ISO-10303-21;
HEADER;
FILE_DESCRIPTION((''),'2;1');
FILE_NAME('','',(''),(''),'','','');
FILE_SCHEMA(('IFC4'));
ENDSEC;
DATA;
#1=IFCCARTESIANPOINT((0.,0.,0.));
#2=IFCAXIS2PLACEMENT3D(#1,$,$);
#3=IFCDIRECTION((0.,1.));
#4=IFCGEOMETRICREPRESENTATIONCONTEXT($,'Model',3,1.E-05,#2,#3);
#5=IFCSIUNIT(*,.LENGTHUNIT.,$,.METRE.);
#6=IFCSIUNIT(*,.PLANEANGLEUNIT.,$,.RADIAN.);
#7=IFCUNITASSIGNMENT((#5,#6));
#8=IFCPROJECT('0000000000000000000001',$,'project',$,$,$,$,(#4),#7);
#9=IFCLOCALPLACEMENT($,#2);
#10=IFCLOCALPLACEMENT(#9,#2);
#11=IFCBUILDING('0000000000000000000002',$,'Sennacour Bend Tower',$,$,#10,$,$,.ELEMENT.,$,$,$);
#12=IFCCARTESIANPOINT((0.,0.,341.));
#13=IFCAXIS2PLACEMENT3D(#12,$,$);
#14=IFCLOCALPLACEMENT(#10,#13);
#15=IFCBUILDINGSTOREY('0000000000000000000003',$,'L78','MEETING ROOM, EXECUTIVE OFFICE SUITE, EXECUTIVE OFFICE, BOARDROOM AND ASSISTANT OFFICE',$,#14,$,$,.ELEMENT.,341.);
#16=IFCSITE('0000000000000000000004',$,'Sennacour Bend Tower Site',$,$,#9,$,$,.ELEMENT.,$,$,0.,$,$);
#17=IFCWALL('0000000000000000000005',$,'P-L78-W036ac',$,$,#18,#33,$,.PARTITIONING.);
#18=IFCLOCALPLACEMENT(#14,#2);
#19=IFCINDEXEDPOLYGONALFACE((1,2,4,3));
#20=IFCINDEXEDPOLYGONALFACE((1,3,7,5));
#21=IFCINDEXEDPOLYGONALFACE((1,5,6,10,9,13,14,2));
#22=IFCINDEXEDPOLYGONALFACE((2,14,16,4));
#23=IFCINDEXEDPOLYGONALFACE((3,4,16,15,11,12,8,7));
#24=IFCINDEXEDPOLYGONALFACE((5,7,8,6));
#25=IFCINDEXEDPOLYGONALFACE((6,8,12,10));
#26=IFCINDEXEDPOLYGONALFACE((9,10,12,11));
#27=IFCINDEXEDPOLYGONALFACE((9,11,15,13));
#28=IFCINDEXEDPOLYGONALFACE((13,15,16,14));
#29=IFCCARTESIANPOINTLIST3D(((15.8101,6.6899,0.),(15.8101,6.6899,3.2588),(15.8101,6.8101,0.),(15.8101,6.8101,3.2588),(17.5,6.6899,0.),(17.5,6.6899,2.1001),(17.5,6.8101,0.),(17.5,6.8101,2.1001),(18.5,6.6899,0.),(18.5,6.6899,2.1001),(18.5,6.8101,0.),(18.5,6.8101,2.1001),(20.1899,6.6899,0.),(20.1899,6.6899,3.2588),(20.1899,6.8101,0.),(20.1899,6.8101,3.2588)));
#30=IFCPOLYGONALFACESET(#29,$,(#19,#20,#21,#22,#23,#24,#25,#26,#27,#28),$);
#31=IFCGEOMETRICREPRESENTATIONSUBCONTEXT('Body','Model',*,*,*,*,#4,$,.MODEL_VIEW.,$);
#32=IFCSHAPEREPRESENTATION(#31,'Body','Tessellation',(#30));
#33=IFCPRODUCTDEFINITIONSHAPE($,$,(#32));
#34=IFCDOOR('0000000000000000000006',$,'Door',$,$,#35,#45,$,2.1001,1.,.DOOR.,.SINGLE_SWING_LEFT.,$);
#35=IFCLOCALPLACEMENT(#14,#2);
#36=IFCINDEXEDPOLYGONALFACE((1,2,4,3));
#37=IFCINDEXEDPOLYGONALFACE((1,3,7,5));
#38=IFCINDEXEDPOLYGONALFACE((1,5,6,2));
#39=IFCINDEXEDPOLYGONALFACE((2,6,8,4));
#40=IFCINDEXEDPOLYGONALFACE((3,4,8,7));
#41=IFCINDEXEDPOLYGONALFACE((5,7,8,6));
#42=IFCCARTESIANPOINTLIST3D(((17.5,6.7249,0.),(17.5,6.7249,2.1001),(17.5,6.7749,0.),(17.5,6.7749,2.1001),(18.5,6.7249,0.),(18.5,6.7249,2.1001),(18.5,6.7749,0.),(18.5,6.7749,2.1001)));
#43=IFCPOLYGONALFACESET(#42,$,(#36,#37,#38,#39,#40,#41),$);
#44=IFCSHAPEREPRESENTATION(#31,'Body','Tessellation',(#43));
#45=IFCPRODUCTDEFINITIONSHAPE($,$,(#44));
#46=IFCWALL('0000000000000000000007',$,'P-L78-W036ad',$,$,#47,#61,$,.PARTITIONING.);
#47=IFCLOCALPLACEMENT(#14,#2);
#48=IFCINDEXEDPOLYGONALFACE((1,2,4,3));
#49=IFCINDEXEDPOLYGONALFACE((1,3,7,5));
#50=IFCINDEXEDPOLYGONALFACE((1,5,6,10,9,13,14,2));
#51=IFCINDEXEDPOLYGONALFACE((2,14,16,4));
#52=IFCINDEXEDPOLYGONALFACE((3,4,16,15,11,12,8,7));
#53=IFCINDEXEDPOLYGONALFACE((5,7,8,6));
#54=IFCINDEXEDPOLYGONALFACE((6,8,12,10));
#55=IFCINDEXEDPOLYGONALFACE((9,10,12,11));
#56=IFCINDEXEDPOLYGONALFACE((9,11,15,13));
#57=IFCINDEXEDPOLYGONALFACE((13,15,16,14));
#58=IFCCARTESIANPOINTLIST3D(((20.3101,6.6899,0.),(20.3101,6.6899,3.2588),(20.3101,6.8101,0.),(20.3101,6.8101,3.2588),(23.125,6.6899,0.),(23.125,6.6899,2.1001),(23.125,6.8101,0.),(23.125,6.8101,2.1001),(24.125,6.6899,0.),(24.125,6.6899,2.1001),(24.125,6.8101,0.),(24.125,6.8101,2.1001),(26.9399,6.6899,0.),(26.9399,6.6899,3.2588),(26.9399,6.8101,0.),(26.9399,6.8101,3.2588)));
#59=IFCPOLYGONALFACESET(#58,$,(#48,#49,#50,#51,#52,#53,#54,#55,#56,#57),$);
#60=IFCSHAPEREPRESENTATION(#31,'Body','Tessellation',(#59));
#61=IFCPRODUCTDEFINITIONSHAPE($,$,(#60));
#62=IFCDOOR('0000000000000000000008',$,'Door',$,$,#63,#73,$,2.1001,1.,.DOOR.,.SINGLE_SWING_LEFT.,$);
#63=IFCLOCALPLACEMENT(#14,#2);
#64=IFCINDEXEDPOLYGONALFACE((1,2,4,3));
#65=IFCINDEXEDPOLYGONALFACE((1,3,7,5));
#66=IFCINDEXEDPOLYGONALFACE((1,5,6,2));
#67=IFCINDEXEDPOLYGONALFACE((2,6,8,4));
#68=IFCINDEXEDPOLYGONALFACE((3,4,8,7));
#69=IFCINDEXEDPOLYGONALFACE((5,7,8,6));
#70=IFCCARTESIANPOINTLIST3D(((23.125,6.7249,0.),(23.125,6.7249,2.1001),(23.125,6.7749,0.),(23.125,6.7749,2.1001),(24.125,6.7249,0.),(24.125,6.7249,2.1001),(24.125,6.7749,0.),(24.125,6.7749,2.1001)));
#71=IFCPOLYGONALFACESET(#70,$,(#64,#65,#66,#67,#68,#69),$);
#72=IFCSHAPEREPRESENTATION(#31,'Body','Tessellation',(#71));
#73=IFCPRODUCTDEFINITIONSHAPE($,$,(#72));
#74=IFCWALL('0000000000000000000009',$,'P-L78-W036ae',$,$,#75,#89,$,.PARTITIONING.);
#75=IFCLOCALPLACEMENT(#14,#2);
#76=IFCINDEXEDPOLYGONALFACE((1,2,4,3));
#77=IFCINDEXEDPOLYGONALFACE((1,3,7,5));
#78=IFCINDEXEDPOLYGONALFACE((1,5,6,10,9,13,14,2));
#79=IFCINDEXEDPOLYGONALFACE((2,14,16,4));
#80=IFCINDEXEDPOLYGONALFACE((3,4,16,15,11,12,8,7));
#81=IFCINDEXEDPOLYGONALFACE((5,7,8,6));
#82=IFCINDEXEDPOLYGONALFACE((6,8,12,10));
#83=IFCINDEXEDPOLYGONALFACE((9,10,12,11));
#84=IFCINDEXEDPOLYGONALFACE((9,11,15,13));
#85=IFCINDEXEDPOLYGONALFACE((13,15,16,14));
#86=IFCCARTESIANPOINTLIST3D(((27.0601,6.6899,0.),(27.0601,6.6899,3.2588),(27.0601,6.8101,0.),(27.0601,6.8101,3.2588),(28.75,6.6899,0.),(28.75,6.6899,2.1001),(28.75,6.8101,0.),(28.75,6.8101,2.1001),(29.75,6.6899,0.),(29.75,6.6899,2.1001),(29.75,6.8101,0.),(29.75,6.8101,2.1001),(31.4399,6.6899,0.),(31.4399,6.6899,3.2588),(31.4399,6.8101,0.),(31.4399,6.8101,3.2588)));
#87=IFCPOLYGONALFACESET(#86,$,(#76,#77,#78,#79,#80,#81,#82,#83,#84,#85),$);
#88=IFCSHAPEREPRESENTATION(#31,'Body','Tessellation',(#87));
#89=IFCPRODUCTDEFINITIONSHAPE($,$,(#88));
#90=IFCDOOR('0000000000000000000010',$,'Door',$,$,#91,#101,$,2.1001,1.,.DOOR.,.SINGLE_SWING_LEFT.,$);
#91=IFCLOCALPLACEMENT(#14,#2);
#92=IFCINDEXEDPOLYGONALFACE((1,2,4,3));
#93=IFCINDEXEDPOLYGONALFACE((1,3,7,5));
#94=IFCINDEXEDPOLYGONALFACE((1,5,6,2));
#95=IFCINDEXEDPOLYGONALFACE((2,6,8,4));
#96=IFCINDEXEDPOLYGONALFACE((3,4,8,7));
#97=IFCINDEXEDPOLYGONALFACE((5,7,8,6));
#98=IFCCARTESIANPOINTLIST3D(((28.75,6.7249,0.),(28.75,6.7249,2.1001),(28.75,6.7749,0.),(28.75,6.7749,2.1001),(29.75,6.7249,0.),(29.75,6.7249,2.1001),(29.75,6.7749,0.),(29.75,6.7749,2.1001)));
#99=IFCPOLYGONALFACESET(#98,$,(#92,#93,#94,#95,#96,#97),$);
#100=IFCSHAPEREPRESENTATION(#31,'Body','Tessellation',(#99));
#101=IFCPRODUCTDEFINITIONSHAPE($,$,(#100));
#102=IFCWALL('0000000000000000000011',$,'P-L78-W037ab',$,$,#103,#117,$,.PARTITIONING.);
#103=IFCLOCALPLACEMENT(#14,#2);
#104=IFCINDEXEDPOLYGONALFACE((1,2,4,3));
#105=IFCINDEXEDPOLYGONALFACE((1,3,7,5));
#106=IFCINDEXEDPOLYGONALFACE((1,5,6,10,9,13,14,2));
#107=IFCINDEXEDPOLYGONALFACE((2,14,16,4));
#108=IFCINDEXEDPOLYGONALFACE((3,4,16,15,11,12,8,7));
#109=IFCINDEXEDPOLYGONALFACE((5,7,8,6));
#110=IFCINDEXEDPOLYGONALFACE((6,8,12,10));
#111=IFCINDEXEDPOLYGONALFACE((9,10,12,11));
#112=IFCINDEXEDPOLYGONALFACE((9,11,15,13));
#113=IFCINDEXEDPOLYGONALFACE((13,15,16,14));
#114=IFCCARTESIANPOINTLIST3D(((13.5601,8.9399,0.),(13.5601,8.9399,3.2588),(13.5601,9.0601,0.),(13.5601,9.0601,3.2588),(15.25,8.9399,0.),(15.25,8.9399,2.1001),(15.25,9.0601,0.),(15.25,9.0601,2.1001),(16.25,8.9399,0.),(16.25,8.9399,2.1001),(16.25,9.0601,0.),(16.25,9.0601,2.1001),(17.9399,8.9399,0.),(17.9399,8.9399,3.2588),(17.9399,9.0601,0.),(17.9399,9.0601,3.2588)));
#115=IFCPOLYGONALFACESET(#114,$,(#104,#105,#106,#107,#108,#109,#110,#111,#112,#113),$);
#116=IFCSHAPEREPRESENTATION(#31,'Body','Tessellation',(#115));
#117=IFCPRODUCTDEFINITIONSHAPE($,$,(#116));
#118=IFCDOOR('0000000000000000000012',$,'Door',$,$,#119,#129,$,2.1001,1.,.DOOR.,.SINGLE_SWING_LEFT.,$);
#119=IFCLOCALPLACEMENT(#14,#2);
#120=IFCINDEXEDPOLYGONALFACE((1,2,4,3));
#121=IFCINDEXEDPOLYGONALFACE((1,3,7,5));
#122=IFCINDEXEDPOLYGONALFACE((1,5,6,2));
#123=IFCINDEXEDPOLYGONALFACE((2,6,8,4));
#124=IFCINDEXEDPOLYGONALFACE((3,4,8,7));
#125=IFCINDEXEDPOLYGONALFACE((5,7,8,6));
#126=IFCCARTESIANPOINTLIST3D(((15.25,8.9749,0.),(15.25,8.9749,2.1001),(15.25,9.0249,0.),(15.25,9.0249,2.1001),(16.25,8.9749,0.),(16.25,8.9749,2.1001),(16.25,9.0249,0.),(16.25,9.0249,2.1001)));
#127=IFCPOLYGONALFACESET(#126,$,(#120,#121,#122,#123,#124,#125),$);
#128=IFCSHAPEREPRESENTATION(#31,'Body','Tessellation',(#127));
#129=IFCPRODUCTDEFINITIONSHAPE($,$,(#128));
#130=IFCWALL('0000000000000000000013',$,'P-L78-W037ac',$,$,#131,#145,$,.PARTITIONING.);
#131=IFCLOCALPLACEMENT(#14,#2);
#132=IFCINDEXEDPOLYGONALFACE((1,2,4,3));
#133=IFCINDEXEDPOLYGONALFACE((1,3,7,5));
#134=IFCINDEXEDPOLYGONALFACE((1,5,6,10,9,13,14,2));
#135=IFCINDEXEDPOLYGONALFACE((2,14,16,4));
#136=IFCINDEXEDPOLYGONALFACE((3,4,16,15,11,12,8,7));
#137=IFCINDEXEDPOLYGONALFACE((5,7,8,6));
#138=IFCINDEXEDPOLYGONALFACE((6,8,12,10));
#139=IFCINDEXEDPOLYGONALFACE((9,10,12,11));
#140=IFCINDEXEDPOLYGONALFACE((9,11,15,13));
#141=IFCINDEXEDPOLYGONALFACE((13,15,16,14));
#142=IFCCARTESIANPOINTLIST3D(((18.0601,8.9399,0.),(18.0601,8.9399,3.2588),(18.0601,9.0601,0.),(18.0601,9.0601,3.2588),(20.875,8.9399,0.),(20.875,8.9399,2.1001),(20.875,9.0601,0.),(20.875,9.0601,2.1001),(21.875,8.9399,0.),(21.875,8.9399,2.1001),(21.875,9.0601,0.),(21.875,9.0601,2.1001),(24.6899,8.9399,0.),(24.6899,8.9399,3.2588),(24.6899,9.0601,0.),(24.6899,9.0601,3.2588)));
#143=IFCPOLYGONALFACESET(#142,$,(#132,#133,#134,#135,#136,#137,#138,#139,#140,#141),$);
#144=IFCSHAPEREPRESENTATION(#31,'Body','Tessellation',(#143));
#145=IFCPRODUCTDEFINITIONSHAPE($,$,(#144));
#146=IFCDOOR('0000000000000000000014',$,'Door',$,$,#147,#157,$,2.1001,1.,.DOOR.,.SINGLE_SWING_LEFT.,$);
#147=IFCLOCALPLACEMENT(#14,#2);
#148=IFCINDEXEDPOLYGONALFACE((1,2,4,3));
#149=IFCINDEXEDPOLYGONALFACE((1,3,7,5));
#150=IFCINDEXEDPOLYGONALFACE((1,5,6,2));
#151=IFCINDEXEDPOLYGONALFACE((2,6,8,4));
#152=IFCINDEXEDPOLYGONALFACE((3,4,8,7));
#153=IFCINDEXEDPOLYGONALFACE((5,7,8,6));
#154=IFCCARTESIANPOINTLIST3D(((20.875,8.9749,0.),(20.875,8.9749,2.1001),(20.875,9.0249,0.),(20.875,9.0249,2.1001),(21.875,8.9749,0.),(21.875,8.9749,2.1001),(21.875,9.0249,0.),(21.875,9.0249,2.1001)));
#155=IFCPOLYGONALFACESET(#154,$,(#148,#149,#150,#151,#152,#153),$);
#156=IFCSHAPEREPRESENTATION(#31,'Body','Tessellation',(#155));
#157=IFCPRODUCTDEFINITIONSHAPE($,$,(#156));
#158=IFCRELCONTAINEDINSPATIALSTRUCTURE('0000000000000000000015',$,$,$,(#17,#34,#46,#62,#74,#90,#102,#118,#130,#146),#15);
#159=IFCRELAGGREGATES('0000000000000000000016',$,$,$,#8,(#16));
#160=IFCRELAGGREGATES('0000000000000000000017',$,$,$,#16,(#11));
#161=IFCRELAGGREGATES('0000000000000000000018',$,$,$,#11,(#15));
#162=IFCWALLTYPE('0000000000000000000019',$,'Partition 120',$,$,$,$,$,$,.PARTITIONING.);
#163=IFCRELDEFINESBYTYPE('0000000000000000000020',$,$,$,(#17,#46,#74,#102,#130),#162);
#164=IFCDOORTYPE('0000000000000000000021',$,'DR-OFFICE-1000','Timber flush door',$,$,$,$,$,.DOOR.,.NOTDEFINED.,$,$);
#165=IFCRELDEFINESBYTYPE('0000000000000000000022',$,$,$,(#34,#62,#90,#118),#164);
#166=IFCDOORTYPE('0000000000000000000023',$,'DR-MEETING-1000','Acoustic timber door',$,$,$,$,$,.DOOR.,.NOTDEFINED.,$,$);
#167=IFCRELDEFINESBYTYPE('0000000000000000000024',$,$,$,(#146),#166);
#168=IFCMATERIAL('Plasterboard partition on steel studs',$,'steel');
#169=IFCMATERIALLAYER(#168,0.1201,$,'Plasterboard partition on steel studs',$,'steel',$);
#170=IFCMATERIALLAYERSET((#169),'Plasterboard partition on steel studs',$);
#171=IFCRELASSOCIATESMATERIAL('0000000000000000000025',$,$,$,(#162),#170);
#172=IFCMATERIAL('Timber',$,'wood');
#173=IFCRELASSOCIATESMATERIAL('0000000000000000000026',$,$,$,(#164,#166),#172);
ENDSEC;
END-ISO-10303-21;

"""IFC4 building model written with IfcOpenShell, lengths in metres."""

from ifc_helpers import new_model, si_unit, direction, frame, frame_2d, origin, place, context, subcontext, project, spatial, rectangle, extrude, material, layer, layer_set, type_object, element, fill, save


model = new_model("IFC4")

# Units and contexts
model_context = context("Model", 3, precision=1e-05, world=origin(), true_north=direction((0.0, 1.0)))
body_context = subcontext(model_context, "Body", "Model", "MODEL_VIEW")
ifc_project = project(units=[si_unit("LENGTHUNIT", "METRE"), si_unit("PLANEANGLEUNIT", "RADIAN")], contexts=[model_context])

# Site, building, storey
site_placement = place(None, origin())
site = spatial("IfcSite", under=ifc_project, at=site_placement, Name="Sennacour Bend Tower Site", CompositionType="ELEMENT", RefElevation=0.0)
building_placement = place(site_placement, origin())
building = spatial("IfcBuilding", under=site, at=building_placement, Name="Sennacour Bend Tower", CompositionType="ELEMENT")
storey_placement = place(building_placement, frame((0.0, 0.0, 341.0)))
storey = spatial("IfcBuildingStorey", under=building, at=storey_placement, Name="L78", Description="MEETING ROOM, EXECUTIVE OFFICE SUITE, EXECUTIVE OFFICE, BOARDROOM AND ASSISTANT OFFICE", CompositionType="ELEMENT", Elevation=341.0)

# Shared definitions
ifc_material_1 = material(Name="Plasterboard partition on steel studs", Category="steel")
ifc_layer = layer(ifc_material_1, 0.1201, Name="Plasterboard partition on steel studs", Category="steel")
ifc_layer_set = layer_set([ifc_layer], Name="Plasterboard partition on steel studs")
wall_type = type_object("IfcWallType", Name="Partition 120", PredefinedType="PARTITIONING", material=ifc_layer_set)

# Walls, openings, doors
ifc_material_2 = material(Name="Timber", Category="wood")
door_type_1 = type_object("IfcDoorType", Name="DR-OFFICE-1000", Description="Timber flush door", OperationType="NOTDEFINED", PredefinedType="DOOR", material=ifc_material_2)
wall_1_placement = place(storey_placement, frame((15.8101, 6.75, 0.0), z_axis=(0.0, 0.0, 1.0), x_axis=(1.0, 0.0, 0.0)))
wall_1 = element("IfcWall", 1, at=wall_1_placement, inside=storey, type_object=wall_type, Name="P-L78-W036ac", PredefinedType="PARTITIONING", context=body_context, shape_type="SweptSolid", body=[
    extrude(rectangle(XDim=4.3799, YDim=0.1201, at=frame_2d((2.1899, 0.0))), origin(), (0.0, 0.0, 1.0), 3.2588),
])
opening_1_placement = place(wall_1_placement, frame((1.6899, 0.0, 0.0)))
opening_1 = element("IfcOpeningElement", 2, at=opening_1_placement, cuts=wall_1, PredefinedType="OPENING", context=body_context, shape_type="SweptSolid", body=[
    extrude(rectangle(XDim=1.0, YDim=2.1001, at=frame_2d((0.5, 1.05))), frame((0.0, 0.0701, 0.0), z_axis=(0.0, -1.0, 0.0), x_axis=(1.0, 0.0, 0.0)), (0.0, 0.0, 1.0), 0.1401),
])
door_1_placement = place(opening_1_placement, origin())
door_1 = element("IfcDoor", 3, at=door_1_placement, inside=storey, type_object=door_type_1, Name="Door", OperationType="SINGLE_SWING_LEFT", OverallHeight=2.1001, OverallWidth=1.0, PredefinedType="DOOR", context=body_context, shape_type="SweptSolid", body=[
    extrude(rectangle(XDim=1.0, YDim=2.1001, at=frame_2d((0.5, 1.05))), frame((0.0, 0.0249, 0.0), z_axis=(0.0, -1.0, 0.0), x_axis=(1.0, 0.0, 0.0)), (0.0, 0.0, 1.0), 0.05),
])
fill(opening_1, door_1)
wall_2_placement = place(storey_placement, frame((20.3101, 6.75, 0.0), z_axis=(0.0, 0.0, 1.0), x_axis=(1.0, 0.0, 0.0)))
wall_2 = element("IfcWall", 4, at=wall_2_placement, inside=storey, type_object=wall_type, Name="P-L78-W036ad", PredefinedType="PARTITIONING", context=body_context, shape_type="SweptSolid", body=[
    extrude(rectangle(XDim=6.6299, YDim=0.1201, at=frame_2d((3.3149, 0.0))), origin(), (0.0, 0.0, 1.0), 3.2588),
])
opening_2_placement = place(wall_2_placement, frame((2.8149, 0.0, 0.0)))
opening_2 = element("IfcOpeningElement", 5, at=opening_2_placement, cuts=wall_2, PredefinedType="OPENING", context=body_context, shape_type="SweptSolid", body=[
    extrude(rectangle(XDim=1.0, YDim=2.1001, at=frame_2d((0.5, 1.05))), frame((0.0, 0.0701, 0.0), z_axis=(0.0, -1.0, 0.0), x_axis=(1.0, 0.0, 0.0)), (0.0, 0.0, 1.0), 0.1401),
])
door_2_placement = place(opening_2_placement, origin())
door_2 = element("IfcDoor", 6, at=door_2_placement, inside=storey, type_object=door_type_1, Name="Door", OperationType="SINGLE_SWING_LEFT", OverallHeight=2.1001, OverallWidth=1.0, PredefinedType="DOOR", context=body_context, shape_type="SweptSolid", body=[
    extrude(rectangle(XDim=1.0, YDim=2.1001, at=frame_2d((0.5, 1.05))), frame((0.0, 0.0249, 0.0), z_axis=(0.0, -1.0, 0.0), x_axis=(1.0, 0.0, 0.0)), (0.0, 0.0, 1.0), 0.05),
])
fill(opening_2, door_2)
wall_3_placement = place(storey_placement, frame((27.0601, 6.75, 0.0), z_axis=(0.0, 0.0, 1.0), x_axis=(1.0, 0.0, 0.0)))
wall_3 = element("IfcWall", 7, at=wall_3_placement, inside=storey, type_object=wall_type, Name="P-L78-W036ae", PredefinedType="PARTITIONING", context=body_context, shape_type="SweptSolid", body=[
    extrude(rectangle(XDim=4.3799, YDim=0.1201, at=frame_2d((2.1899, 0.0))), origin(), (0.0, 0.0, 1.0), 3.2588),
])
opening_3_placement = place(wall_3_placement, frame((1.6899, 0.0, 0.0)))
opening_3 = element("IfcOpeningElement", 8, at=opening_3_placement, cuts=wall_3, PredefinedType="OPENING", context=body_context, shape_type="SweptSolid", body=[
    extrude(rectangle(XDim=1.0, YDim=2.1001, at=frame_2d((0.5, 1.05))), frame((0.0, 0.0701, 0.0), z_axis=(0.0, -1.0, 0.0), x_axis=(1.0, 0.0, 0.0)), (0.0, 0.0, 1.0), 0.1401),
])
door_3_placement = place(opening_3_placement, origin())
door_3 = element("IfcDoor", 9, at=door_3_placement, inside=storey, type_object=door_type_1, Name="Door", OperationType="SINGLE_SWING_LEFT", OverallHeight=2.1001, OverallWidth=1.0, PredefinedType="DOOR", context=body_context, shape_type="SweptSolid", body=[
    extrude(rectangle(XDim=1.0, YDim=2.1001, at=frame_2d((0.5, 1.05))), frame((0.0, 0.0249, 0.0), z_axis=(0.0, -1.0, 0.0), x_axis=(1.0, 0.0, 0.0)), (0.0, 0.0, 1.0), 0.05),
])
fill(opening_3, door_3)
wall_4_placement = place(storey_placement, frame((13.5601, 9.0, 0.0), z_axis=(0.0, 0.0, 1.0), x_axis=(1.0, 0.0, 0.0)))
wall_4 = element("IfcWall", 10, at=wall_4_placement, inside=storey, type_object=wall_type, Name="P-L78-W037ab", PredefinedType="PARTITIONING", context=body_context, shape_type="SweptSolid", body=[
    extrude(rectangle(XDim=4.3799, YDim=0.1201, at=frame_2d((2.1899, 0.0))), origin(), (0.0, 0.0, 1.0), 3.2588),
])
opening_4_placement = place(wall_4_placement, frame((1.6899, 0.0, 0.0)))
opening_4 = element("IfcOpeningElement", 11, at=opening_4_placement, cuts=wall_4, PredefinedType="OPENING", context=body_context, shape_type="SweptSolid", body=[
    extrude(rectangle(XDim=1.0, YDim=2.1001, at=frame_2d((0.5, 1.05))), frame((0.0, 0.0701, 0.0), z_axis=(0.0, -1.0, 0.0), x_axis=(1.0, 0.0, 0.0)), (0.0, 0.0, 1.0), 0.1401),
])
door_4_placement = place(opening_4_placement, origin())
door_4 = element("IfcDoor", 12, at=door_4_placement, inside=storey, type_object=door_type_1, Name="Door", OperationType="SINGLE_SWING_LEFT", OverallHeight=2.1001, OverallWidth=1.0, PredefinedType="DOOR", context=body_context, shape_type="SweptSolid", body=[
    extrude(rectangle(XDim=1.0, YDim=2.1001, at=frame_2d((0.5, 1.05))), frame((0.0, 0.0249, 0.0), z_axis=(0.0, -1.0, 0.0), x_axis=(1.0, 0.0, 0.0)), (0.0, 0.0, 1.0), 0.05),
])
fill(opening_4, door_4)
wall_5_placement = place(storey_placement, frame((18.0601, 9.0, 0.0), z_axis=(0.0, 0.0, 1.0), x_axis=(1.0, 0.0, 0.0)))
wall_5 = element("IfcWall", 13, at=wall_5_placement, inside=storey, type_object=wall_type, Name="P-L78-W037ac", PredefinedType="PARTITIONING", context=body_context, shape_type="SweptSolid", body=[
    extrude(rectangle(XDim=6.6299, YDim=0.1201, at=frame_2d((3.3149, 0.0))), origin(), (0.0, 0.0, 1.0), 3.2588),
])
opening_5_placement = place(wall_5_placement, frame((2.8149, 0.0, 0.0)))
opening_5 = element("IfcOpeningElement", 14, at=opening_5_placement, cuts=wall_5, PredefinedType="OPENING", context=body_context, shape_type="SweptSolid", body=[
    extrude(rectangle(XDim=1.0, YDim=2.1001, at=frame_2d((0.5, 1.05))), frame((0.0, 0.0701, 0.0), z_axis=(0.0, -1.0, 0.0), x_axis=(1.0, 0.0, 0.0)), (0.0, 0.0, 1.0), 0.1401),
])
door_type_2 = type_object("IfcDoorType", Name="DR-MEETING-1000", Description="Acoustic timber door", OperationType="NOTDEFINED", PredefinedType="DOOR", material=ifc_material_2)
door_5_placement = place(opening_5_placement, origin())
door_5 = element("IfcDoor", 15, at=door_5_placement, inside=storey, type_object=door_type_2, Name="Door", OperationType="SINGLE_SWING_LEFT", OverallHeight=2.1001, OverallWidth=1.0, PredefinedType="DOOR", context=body_context, shape_type="SweptSolid", body=[
    extrude(rectangle(XDim=1.0, YDim=2.1001, at=frame_2d((0.5, 1.05))), frame((0.0, 0.0249, 0.0), z_axis=(0.0, -1.0, 0.0), x_axis=(1.0, 0.0, 0.0)), (0.0, 0.0, 1.0), 0.05),
])
fill(opening_5, door_5)

save(model, "model.ifc")
